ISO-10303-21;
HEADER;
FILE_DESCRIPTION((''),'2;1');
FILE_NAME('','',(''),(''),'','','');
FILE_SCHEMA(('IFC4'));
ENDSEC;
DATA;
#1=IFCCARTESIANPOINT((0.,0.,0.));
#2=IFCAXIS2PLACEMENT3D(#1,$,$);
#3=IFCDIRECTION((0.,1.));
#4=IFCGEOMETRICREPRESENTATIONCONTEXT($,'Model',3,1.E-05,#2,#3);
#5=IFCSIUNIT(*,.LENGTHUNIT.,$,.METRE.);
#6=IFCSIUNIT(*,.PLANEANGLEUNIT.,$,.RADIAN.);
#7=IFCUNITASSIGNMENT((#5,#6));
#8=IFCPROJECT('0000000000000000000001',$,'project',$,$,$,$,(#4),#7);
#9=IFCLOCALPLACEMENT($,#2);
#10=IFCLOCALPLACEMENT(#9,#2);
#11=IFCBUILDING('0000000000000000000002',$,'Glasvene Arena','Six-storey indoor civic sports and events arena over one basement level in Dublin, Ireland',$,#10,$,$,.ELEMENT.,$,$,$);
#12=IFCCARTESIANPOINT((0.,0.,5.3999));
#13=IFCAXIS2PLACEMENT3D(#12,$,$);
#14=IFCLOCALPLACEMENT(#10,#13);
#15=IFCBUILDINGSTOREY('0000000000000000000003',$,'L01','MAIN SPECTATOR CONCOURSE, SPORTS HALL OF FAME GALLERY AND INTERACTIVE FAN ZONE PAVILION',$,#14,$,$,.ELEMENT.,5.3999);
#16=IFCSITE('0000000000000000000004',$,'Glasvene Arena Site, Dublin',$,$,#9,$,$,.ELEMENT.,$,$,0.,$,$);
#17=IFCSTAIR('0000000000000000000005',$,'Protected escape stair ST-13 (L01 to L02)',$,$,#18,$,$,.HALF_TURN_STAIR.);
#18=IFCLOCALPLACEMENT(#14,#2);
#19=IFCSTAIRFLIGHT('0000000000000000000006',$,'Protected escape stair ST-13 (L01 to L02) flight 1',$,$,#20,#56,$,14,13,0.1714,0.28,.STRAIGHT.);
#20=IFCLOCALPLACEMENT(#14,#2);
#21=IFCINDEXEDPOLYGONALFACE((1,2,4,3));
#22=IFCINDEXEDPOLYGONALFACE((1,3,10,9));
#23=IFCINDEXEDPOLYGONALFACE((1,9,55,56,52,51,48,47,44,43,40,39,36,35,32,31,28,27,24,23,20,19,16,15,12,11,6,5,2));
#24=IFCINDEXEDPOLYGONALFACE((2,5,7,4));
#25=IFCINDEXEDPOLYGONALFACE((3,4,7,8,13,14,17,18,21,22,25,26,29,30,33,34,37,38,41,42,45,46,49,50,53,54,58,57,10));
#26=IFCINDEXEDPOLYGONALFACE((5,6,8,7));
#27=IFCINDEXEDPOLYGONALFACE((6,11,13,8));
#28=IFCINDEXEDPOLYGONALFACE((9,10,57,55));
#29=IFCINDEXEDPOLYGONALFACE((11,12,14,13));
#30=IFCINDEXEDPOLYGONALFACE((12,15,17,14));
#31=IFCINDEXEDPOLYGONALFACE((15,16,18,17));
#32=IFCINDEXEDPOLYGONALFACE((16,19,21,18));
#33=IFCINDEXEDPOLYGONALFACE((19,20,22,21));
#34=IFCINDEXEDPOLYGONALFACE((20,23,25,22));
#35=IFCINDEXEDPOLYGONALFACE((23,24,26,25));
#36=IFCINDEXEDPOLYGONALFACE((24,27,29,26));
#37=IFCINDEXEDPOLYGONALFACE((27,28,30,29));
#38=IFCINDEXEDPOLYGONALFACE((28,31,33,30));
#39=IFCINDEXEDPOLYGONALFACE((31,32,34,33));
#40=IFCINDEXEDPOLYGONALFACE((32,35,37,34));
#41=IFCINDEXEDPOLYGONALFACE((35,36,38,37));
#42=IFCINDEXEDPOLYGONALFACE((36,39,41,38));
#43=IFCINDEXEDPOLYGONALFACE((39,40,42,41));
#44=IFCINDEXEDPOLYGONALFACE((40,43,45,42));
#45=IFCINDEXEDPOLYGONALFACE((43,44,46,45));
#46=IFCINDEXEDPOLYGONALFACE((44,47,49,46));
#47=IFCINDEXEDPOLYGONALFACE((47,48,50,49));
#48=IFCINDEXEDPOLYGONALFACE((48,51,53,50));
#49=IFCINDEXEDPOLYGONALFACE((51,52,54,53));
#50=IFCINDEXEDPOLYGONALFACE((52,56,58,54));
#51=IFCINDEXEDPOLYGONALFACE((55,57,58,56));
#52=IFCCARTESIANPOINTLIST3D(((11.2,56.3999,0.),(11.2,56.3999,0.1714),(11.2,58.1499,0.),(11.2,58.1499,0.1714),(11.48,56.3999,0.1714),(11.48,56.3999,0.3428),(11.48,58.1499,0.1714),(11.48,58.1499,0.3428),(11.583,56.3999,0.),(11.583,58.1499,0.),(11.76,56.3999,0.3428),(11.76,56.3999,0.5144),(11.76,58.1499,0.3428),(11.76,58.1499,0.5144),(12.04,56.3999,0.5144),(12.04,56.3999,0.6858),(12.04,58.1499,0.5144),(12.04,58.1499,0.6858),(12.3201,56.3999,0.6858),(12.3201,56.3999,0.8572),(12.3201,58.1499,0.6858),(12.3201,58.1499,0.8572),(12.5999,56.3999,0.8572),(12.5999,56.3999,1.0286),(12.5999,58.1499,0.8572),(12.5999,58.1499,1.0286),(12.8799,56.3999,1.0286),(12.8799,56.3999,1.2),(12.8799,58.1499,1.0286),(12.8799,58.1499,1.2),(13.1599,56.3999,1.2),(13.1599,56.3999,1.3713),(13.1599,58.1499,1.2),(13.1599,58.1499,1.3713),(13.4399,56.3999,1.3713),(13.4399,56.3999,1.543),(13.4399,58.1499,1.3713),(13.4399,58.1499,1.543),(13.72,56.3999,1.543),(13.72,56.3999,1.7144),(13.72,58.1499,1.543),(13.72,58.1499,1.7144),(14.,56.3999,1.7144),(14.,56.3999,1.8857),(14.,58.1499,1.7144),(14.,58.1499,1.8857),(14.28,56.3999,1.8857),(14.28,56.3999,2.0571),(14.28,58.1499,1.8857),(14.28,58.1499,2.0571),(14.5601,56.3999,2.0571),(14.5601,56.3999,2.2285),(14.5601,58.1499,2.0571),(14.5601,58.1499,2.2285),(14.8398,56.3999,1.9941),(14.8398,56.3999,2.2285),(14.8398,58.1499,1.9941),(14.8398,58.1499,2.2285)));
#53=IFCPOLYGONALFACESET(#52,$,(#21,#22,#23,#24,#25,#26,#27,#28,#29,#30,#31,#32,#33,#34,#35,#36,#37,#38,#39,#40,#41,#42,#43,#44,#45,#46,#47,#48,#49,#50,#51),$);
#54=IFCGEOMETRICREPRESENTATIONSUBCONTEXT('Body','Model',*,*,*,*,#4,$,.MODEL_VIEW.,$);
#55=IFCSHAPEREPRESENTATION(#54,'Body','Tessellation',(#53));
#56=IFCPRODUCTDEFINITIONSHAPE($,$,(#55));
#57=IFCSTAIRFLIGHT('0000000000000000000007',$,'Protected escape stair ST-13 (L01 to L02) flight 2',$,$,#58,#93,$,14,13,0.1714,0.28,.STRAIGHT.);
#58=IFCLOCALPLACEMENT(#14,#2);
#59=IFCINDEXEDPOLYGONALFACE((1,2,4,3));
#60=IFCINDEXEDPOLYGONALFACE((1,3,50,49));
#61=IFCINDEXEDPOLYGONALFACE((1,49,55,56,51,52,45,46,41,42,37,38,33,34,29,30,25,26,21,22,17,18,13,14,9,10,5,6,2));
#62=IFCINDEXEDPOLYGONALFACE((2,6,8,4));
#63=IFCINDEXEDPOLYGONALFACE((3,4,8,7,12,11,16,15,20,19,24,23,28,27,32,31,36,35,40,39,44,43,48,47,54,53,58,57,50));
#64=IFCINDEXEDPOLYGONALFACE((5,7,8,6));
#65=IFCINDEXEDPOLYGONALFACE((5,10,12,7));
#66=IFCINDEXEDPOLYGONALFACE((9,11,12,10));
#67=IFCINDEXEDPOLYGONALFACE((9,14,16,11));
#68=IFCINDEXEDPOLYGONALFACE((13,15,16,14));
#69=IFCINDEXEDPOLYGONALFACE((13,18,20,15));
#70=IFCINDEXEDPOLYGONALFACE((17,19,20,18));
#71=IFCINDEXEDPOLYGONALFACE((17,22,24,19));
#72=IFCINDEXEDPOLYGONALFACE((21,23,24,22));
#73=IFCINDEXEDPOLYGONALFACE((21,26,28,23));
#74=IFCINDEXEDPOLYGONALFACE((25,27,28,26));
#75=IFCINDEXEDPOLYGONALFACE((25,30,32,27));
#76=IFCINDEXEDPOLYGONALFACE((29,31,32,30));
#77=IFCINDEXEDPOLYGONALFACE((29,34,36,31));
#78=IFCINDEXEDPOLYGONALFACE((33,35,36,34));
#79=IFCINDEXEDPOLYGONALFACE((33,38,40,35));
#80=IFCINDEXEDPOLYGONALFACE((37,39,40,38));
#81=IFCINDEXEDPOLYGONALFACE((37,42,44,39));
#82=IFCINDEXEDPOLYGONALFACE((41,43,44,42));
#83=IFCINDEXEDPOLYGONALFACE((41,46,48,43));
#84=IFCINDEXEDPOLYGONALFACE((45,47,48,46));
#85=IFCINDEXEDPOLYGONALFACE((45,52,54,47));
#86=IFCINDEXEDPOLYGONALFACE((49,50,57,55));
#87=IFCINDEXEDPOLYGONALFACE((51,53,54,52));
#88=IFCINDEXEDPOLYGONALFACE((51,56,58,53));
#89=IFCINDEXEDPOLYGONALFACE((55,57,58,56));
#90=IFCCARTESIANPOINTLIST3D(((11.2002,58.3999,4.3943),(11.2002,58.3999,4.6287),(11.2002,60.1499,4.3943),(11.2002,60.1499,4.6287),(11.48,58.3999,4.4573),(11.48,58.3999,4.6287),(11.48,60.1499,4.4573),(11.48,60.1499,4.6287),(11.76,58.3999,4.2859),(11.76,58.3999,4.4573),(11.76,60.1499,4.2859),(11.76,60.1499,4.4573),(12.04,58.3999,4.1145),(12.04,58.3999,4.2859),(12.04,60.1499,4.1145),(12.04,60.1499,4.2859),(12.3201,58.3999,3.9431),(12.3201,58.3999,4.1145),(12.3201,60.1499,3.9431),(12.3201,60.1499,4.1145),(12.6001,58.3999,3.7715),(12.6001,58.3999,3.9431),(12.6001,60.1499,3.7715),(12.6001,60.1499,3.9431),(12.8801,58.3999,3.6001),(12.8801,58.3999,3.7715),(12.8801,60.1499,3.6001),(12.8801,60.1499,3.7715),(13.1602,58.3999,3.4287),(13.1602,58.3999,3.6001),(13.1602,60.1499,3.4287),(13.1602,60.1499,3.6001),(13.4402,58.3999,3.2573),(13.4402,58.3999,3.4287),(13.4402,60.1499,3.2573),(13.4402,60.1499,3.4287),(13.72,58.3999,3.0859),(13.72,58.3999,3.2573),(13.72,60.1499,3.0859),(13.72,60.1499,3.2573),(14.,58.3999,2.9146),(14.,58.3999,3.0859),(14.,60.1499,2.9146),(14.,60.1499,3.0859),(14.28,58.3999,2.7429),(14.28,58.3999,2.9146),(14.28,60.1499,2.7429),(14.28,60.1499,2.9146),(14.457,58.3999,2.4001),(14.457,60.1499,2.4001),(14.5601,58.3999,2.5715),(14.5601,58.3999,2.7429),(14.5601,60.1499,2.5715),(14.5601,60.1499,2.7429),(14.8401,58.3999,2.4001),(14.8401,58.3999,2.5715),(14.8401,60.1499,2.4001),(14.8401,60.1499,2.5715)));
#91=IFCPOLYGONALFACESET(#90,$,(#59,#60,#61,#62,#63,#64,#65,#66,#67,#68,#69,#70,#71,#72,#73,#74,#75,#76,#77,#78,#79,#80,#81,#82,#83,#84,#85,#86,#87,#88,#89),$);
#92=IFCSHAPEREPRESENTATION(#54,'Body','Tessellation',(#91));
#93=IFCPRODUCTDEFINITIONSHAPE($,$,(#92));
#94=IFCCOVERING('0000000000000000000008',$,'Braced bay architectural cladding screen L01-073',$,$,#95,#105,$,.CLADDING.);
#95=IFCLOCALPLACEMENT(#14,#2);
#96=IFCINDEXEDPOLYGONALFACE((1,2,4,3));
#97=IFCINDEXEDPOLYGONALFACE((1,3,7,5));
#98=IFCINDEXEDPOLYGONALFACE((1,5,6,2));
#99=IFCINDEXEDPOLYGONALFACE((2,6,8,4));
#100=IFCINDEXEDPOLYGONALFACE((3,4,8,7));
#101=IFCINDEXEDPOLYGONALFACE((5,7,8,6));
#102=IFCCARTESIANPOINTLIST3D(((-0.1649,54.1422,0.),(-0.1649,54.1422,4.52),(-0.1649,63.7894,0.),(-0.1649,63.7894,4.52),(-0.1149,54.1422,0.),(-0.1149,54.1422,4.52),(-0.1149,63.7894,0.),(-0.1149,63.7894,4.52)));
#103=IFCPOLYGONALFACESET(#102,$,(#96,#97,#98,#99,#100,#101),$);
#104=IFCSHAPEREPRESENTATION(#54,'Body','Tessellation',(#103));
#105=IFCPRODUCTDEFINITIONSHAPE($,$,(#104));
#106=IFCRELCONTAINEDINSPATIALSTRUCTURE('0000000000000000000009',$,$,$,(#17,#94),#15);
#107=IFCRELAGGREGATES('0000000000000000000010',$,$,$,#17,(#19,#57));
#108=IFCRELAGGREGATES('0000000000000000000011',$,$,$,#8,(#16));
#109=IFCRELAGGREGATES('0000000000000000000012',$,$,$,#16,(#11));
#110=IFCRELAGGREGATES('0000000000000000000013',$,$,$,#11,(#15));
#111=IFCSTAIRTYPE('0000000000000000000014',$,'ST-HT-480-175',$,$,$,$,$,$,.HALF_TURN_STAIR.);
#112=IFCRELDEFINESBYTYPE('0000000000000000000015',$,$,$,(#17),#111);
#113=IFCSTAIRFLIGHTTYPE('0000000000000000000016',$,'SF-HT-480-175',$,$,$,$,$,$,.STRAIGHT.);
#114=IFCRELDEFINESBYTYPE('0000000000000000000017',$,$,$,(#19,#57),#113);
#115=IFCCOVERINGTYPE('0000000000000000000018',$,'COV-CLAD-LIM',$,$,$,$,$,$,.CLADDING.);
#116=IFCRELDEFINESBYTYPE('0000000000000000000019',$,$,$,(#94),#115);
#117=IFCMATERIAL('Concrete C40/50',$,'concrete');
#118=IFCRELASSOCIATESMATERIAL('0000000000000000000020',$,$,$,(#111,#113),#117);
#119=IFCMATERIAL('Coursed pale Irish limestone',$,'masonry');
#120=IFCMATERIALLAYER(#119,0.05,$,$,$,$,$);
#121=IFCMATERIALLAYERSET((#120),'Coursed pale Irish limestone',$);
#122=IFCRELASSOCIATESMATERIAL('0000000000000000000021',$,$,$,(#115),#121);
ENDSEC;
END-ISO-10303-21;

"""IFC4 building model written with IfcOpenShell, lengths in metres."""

from ifc_helpers import new_model, si_unit, direction, frame, origin, origin_2d, place, context, subcontext, project, spatial, polyline, rectangle, outline, extrude, material, layer, layer_set, type_object, element, aggregate, save


model = new_model("IFC4")

# Units and contexts
model_context = context("Model", 3, precision=1e-05, world=origin(), true_north=direction((0.0, 1.0)))
body_context = subcontext(model_context, "Body", "Model", "MODEL_VIEW")
ifc_project = project(units=[si_unit("LENGTHUNIT", "METRE"), si_unit("PLANEANGLEUNIT", "RADIAN")], contexts=[model_context])

# Site, building, storey
site_placement = place(None, origin())
site = spatial("IfcSite", under=ifc_project, at=site_placement, Name="Glasvene Arena Site, Dublin", CompositionType="ELEMENT", RefElevation=0.0)
building_placement = place(site_placement, origin())
building = spatial("IfcBuilding", under=site, at=building_placement, Name="Glasvene Arena", Description="Six-storey indoor civic sports and events arena over one basement level in Dublin, Ireland", CompositionType="ELEMENT")
storey_placement = place(building_placement, frame((0.0, 0.0, 5.3999)))
storey = spatial("IfcBuildingStorey", under=building, at=storey_placement, Name="L01", Description="MAIN SPECTATOR CONCOURSE, SPORTS HALL OF FAME GALLERY AND INTERACTIVE FAN ZONE PAVILION", CompositionType="ELEMENT", Elevation=5.3999)

# Shared definitions
ifc_material_1 = material(Name="Concrete C40/50", Category="concrete")

# Stair
stair_type = type_object("IfcStairType", Name="ST-HT-480-175", PredefinedType="HALF_TURN_STAIR", material=ifc_material_1)
stair_placement = place(storey_placement, origin())
stair = element("IfcStair", 1, at=stair_placement, inside=storey, type_object=stair_type, Name="Protected escape stair ST-13 (L01 to L02)", PredefinedType="HALF_TURN_STAIR")

# Shared definitions
ifc_material_2 = material(Name="Coursed pale Irish limestone", Category="masonry")

# Stair flights
stair_flight_type = type_object("IfcStairFlightType", Name="SF-HT-480-175", PredefinedType="STRAIGHT", material=ifc_material_1)
stair_flight_1_placement = place(storey_placement, frame((11.2, 57.2749, 0.0), z_axis=(0.0, 0.0, 1.0), x_axis=(1.0, 0.0, 0.0)))
stair_flight_1 = element("IfcStairFlight", 2, at=stair_flight_1_placement, type_object=stair_flight_type, Name="Protected escape stair ST-13 (L01 to L02) flight 1", NumberOfRisers=14, NumberOfTreads=13, PredefinedType="STRAIGHT", RiserHeight=0.1714, TreadLength=0.28, context=body_context, shape_type="SweptSolid", body=[
    extrude(outline(polyline([(0.0, 0.0), (0.0, 0.1714), (0.28, 0.1714), (0.28, 0.3428), (0.5601, 0.3428), (0.5601, 0.5144), (0.8401, 0.5144), (0.8401, 0.6858), (1.1201, 0.6858), (1.1201, 0.8572), (1.3999, 0.8572), (1.3999, 1.0286), (1.6799, 1.0286), (1.6799, 1.2), (1.96, 1.2), (1.96, 1.3713), (2.24, 1.3713), (2.24, 1.543), (2.52, 1.543), (2.52, 1.7144), (2.8, 1.7144), (2.8, 1.8857), (3.0801, 1.8857), (3.0801, 2.0571), (3.3601, 2.0571), (3.3601, 2.2285), (3.6399, 2.2285), (3.6399, 2.3999), (3.6399, 1.9941), (0.3831, 0.0), (0.0, 0.0)])), frame((0.0, 0.875, 0.0), z_axis=(0.0, -1.0, 0.0), x_axis=(1.0, 0.0, 0.0)), (0.0, 0.0, 1.0), 1.75),
])
stair_flight_2_placement = place(storey_placement, frame((14.8401, 59.2749, 2.4001), z_axis=(0.0, 0.0, 1.0), x_axis=(-1.0, 0.0, 0.0)))
stair_flight_2 = element("IfcStairFlight", 3, at=stair_flight_2_placement, type_object=stair_flight_type, Name="Protected escape stair ST-13 (L01 to L02) flight 2", NumberOfRisers=14, NumberOfTreads=13, PredefinedType="STRAIGHT", RiserHeight=0.1714, TreadLength=0.28, context=body_context, shape_type="SweptSolid", body=[
    extrude(outline(polyline([(0.0, 0.0), (0.0, 0.1714), (0.28, 0.1714), (0.28, 0.3428), (0.5601, 0.3428), (0.5601, 0.5144), (0.8401, 0.5144), (0.8401, 0.6858), (1.1201, 0.6858), (1.1201, 0.8572), (1.3999, 0.8572), (1.3999, 1.0286), (1.6799, 1.0286), (1.6799, 1.2), (1.96, 1.2), (1.96, 1.3713), (2.24, 1.3713), (2.24, 1.543), (2.52, 1.543), (2.52, 1.7144), (2.8, 1.7144), (2.8, 1.8857), (3.0801, 1.8857), (3.0801, 2.0571), (3.3601, 2.0571), (3.3601, 2.2285), (3.6399, 2.2285), (3.6399, 2.3999), (3.6399, 1.9941), (0.3831, 0.0), (0.0, 0.0)])), frame((0.0, 0.875, 0.0), z_axis=(0.0, -1.0, 0.0), x_axis=(1.0, 0.0, 0.0)), (0.0, 0.0, 1.0), 1.75),
])
aggregate(stair, [stair_flight_1, stair_flight_2])

# Covering
ifc_layer_1 = layer(ifc_material_2, 0.05)
ifc_layer_set_1 = layer_set([ifc_layer_1], Name="Coursed pale Irish limestone")
covering_type = type_object("IfcCoveringType", Name="COV-CLAD-LIM", PredefinedType="CLADDING", material=ifc_layer_set_1)
covering_placement = place(storey_placement, frame((-0.1399, 58.9658, 0.0), z_axis=(0.0, 0.0, 1.0), x_axis=(0.0, 1.0, 0.0)))
element("IfcCovering", 4, at=covering_placement, inside=storey, type_object=covering_type, Name="Braced bay architectural cladding screen L01-073", PredefinedType="CLADDING", context=body_context, shape_type="SweptSolid", body=[
    extrude(rectangle(XDim=9.6472, YDim=0.05, at=origin_2d()), origin(), (0.0, 0.0, 1.0), 4.52),
])

save(model, "model.ifc")
